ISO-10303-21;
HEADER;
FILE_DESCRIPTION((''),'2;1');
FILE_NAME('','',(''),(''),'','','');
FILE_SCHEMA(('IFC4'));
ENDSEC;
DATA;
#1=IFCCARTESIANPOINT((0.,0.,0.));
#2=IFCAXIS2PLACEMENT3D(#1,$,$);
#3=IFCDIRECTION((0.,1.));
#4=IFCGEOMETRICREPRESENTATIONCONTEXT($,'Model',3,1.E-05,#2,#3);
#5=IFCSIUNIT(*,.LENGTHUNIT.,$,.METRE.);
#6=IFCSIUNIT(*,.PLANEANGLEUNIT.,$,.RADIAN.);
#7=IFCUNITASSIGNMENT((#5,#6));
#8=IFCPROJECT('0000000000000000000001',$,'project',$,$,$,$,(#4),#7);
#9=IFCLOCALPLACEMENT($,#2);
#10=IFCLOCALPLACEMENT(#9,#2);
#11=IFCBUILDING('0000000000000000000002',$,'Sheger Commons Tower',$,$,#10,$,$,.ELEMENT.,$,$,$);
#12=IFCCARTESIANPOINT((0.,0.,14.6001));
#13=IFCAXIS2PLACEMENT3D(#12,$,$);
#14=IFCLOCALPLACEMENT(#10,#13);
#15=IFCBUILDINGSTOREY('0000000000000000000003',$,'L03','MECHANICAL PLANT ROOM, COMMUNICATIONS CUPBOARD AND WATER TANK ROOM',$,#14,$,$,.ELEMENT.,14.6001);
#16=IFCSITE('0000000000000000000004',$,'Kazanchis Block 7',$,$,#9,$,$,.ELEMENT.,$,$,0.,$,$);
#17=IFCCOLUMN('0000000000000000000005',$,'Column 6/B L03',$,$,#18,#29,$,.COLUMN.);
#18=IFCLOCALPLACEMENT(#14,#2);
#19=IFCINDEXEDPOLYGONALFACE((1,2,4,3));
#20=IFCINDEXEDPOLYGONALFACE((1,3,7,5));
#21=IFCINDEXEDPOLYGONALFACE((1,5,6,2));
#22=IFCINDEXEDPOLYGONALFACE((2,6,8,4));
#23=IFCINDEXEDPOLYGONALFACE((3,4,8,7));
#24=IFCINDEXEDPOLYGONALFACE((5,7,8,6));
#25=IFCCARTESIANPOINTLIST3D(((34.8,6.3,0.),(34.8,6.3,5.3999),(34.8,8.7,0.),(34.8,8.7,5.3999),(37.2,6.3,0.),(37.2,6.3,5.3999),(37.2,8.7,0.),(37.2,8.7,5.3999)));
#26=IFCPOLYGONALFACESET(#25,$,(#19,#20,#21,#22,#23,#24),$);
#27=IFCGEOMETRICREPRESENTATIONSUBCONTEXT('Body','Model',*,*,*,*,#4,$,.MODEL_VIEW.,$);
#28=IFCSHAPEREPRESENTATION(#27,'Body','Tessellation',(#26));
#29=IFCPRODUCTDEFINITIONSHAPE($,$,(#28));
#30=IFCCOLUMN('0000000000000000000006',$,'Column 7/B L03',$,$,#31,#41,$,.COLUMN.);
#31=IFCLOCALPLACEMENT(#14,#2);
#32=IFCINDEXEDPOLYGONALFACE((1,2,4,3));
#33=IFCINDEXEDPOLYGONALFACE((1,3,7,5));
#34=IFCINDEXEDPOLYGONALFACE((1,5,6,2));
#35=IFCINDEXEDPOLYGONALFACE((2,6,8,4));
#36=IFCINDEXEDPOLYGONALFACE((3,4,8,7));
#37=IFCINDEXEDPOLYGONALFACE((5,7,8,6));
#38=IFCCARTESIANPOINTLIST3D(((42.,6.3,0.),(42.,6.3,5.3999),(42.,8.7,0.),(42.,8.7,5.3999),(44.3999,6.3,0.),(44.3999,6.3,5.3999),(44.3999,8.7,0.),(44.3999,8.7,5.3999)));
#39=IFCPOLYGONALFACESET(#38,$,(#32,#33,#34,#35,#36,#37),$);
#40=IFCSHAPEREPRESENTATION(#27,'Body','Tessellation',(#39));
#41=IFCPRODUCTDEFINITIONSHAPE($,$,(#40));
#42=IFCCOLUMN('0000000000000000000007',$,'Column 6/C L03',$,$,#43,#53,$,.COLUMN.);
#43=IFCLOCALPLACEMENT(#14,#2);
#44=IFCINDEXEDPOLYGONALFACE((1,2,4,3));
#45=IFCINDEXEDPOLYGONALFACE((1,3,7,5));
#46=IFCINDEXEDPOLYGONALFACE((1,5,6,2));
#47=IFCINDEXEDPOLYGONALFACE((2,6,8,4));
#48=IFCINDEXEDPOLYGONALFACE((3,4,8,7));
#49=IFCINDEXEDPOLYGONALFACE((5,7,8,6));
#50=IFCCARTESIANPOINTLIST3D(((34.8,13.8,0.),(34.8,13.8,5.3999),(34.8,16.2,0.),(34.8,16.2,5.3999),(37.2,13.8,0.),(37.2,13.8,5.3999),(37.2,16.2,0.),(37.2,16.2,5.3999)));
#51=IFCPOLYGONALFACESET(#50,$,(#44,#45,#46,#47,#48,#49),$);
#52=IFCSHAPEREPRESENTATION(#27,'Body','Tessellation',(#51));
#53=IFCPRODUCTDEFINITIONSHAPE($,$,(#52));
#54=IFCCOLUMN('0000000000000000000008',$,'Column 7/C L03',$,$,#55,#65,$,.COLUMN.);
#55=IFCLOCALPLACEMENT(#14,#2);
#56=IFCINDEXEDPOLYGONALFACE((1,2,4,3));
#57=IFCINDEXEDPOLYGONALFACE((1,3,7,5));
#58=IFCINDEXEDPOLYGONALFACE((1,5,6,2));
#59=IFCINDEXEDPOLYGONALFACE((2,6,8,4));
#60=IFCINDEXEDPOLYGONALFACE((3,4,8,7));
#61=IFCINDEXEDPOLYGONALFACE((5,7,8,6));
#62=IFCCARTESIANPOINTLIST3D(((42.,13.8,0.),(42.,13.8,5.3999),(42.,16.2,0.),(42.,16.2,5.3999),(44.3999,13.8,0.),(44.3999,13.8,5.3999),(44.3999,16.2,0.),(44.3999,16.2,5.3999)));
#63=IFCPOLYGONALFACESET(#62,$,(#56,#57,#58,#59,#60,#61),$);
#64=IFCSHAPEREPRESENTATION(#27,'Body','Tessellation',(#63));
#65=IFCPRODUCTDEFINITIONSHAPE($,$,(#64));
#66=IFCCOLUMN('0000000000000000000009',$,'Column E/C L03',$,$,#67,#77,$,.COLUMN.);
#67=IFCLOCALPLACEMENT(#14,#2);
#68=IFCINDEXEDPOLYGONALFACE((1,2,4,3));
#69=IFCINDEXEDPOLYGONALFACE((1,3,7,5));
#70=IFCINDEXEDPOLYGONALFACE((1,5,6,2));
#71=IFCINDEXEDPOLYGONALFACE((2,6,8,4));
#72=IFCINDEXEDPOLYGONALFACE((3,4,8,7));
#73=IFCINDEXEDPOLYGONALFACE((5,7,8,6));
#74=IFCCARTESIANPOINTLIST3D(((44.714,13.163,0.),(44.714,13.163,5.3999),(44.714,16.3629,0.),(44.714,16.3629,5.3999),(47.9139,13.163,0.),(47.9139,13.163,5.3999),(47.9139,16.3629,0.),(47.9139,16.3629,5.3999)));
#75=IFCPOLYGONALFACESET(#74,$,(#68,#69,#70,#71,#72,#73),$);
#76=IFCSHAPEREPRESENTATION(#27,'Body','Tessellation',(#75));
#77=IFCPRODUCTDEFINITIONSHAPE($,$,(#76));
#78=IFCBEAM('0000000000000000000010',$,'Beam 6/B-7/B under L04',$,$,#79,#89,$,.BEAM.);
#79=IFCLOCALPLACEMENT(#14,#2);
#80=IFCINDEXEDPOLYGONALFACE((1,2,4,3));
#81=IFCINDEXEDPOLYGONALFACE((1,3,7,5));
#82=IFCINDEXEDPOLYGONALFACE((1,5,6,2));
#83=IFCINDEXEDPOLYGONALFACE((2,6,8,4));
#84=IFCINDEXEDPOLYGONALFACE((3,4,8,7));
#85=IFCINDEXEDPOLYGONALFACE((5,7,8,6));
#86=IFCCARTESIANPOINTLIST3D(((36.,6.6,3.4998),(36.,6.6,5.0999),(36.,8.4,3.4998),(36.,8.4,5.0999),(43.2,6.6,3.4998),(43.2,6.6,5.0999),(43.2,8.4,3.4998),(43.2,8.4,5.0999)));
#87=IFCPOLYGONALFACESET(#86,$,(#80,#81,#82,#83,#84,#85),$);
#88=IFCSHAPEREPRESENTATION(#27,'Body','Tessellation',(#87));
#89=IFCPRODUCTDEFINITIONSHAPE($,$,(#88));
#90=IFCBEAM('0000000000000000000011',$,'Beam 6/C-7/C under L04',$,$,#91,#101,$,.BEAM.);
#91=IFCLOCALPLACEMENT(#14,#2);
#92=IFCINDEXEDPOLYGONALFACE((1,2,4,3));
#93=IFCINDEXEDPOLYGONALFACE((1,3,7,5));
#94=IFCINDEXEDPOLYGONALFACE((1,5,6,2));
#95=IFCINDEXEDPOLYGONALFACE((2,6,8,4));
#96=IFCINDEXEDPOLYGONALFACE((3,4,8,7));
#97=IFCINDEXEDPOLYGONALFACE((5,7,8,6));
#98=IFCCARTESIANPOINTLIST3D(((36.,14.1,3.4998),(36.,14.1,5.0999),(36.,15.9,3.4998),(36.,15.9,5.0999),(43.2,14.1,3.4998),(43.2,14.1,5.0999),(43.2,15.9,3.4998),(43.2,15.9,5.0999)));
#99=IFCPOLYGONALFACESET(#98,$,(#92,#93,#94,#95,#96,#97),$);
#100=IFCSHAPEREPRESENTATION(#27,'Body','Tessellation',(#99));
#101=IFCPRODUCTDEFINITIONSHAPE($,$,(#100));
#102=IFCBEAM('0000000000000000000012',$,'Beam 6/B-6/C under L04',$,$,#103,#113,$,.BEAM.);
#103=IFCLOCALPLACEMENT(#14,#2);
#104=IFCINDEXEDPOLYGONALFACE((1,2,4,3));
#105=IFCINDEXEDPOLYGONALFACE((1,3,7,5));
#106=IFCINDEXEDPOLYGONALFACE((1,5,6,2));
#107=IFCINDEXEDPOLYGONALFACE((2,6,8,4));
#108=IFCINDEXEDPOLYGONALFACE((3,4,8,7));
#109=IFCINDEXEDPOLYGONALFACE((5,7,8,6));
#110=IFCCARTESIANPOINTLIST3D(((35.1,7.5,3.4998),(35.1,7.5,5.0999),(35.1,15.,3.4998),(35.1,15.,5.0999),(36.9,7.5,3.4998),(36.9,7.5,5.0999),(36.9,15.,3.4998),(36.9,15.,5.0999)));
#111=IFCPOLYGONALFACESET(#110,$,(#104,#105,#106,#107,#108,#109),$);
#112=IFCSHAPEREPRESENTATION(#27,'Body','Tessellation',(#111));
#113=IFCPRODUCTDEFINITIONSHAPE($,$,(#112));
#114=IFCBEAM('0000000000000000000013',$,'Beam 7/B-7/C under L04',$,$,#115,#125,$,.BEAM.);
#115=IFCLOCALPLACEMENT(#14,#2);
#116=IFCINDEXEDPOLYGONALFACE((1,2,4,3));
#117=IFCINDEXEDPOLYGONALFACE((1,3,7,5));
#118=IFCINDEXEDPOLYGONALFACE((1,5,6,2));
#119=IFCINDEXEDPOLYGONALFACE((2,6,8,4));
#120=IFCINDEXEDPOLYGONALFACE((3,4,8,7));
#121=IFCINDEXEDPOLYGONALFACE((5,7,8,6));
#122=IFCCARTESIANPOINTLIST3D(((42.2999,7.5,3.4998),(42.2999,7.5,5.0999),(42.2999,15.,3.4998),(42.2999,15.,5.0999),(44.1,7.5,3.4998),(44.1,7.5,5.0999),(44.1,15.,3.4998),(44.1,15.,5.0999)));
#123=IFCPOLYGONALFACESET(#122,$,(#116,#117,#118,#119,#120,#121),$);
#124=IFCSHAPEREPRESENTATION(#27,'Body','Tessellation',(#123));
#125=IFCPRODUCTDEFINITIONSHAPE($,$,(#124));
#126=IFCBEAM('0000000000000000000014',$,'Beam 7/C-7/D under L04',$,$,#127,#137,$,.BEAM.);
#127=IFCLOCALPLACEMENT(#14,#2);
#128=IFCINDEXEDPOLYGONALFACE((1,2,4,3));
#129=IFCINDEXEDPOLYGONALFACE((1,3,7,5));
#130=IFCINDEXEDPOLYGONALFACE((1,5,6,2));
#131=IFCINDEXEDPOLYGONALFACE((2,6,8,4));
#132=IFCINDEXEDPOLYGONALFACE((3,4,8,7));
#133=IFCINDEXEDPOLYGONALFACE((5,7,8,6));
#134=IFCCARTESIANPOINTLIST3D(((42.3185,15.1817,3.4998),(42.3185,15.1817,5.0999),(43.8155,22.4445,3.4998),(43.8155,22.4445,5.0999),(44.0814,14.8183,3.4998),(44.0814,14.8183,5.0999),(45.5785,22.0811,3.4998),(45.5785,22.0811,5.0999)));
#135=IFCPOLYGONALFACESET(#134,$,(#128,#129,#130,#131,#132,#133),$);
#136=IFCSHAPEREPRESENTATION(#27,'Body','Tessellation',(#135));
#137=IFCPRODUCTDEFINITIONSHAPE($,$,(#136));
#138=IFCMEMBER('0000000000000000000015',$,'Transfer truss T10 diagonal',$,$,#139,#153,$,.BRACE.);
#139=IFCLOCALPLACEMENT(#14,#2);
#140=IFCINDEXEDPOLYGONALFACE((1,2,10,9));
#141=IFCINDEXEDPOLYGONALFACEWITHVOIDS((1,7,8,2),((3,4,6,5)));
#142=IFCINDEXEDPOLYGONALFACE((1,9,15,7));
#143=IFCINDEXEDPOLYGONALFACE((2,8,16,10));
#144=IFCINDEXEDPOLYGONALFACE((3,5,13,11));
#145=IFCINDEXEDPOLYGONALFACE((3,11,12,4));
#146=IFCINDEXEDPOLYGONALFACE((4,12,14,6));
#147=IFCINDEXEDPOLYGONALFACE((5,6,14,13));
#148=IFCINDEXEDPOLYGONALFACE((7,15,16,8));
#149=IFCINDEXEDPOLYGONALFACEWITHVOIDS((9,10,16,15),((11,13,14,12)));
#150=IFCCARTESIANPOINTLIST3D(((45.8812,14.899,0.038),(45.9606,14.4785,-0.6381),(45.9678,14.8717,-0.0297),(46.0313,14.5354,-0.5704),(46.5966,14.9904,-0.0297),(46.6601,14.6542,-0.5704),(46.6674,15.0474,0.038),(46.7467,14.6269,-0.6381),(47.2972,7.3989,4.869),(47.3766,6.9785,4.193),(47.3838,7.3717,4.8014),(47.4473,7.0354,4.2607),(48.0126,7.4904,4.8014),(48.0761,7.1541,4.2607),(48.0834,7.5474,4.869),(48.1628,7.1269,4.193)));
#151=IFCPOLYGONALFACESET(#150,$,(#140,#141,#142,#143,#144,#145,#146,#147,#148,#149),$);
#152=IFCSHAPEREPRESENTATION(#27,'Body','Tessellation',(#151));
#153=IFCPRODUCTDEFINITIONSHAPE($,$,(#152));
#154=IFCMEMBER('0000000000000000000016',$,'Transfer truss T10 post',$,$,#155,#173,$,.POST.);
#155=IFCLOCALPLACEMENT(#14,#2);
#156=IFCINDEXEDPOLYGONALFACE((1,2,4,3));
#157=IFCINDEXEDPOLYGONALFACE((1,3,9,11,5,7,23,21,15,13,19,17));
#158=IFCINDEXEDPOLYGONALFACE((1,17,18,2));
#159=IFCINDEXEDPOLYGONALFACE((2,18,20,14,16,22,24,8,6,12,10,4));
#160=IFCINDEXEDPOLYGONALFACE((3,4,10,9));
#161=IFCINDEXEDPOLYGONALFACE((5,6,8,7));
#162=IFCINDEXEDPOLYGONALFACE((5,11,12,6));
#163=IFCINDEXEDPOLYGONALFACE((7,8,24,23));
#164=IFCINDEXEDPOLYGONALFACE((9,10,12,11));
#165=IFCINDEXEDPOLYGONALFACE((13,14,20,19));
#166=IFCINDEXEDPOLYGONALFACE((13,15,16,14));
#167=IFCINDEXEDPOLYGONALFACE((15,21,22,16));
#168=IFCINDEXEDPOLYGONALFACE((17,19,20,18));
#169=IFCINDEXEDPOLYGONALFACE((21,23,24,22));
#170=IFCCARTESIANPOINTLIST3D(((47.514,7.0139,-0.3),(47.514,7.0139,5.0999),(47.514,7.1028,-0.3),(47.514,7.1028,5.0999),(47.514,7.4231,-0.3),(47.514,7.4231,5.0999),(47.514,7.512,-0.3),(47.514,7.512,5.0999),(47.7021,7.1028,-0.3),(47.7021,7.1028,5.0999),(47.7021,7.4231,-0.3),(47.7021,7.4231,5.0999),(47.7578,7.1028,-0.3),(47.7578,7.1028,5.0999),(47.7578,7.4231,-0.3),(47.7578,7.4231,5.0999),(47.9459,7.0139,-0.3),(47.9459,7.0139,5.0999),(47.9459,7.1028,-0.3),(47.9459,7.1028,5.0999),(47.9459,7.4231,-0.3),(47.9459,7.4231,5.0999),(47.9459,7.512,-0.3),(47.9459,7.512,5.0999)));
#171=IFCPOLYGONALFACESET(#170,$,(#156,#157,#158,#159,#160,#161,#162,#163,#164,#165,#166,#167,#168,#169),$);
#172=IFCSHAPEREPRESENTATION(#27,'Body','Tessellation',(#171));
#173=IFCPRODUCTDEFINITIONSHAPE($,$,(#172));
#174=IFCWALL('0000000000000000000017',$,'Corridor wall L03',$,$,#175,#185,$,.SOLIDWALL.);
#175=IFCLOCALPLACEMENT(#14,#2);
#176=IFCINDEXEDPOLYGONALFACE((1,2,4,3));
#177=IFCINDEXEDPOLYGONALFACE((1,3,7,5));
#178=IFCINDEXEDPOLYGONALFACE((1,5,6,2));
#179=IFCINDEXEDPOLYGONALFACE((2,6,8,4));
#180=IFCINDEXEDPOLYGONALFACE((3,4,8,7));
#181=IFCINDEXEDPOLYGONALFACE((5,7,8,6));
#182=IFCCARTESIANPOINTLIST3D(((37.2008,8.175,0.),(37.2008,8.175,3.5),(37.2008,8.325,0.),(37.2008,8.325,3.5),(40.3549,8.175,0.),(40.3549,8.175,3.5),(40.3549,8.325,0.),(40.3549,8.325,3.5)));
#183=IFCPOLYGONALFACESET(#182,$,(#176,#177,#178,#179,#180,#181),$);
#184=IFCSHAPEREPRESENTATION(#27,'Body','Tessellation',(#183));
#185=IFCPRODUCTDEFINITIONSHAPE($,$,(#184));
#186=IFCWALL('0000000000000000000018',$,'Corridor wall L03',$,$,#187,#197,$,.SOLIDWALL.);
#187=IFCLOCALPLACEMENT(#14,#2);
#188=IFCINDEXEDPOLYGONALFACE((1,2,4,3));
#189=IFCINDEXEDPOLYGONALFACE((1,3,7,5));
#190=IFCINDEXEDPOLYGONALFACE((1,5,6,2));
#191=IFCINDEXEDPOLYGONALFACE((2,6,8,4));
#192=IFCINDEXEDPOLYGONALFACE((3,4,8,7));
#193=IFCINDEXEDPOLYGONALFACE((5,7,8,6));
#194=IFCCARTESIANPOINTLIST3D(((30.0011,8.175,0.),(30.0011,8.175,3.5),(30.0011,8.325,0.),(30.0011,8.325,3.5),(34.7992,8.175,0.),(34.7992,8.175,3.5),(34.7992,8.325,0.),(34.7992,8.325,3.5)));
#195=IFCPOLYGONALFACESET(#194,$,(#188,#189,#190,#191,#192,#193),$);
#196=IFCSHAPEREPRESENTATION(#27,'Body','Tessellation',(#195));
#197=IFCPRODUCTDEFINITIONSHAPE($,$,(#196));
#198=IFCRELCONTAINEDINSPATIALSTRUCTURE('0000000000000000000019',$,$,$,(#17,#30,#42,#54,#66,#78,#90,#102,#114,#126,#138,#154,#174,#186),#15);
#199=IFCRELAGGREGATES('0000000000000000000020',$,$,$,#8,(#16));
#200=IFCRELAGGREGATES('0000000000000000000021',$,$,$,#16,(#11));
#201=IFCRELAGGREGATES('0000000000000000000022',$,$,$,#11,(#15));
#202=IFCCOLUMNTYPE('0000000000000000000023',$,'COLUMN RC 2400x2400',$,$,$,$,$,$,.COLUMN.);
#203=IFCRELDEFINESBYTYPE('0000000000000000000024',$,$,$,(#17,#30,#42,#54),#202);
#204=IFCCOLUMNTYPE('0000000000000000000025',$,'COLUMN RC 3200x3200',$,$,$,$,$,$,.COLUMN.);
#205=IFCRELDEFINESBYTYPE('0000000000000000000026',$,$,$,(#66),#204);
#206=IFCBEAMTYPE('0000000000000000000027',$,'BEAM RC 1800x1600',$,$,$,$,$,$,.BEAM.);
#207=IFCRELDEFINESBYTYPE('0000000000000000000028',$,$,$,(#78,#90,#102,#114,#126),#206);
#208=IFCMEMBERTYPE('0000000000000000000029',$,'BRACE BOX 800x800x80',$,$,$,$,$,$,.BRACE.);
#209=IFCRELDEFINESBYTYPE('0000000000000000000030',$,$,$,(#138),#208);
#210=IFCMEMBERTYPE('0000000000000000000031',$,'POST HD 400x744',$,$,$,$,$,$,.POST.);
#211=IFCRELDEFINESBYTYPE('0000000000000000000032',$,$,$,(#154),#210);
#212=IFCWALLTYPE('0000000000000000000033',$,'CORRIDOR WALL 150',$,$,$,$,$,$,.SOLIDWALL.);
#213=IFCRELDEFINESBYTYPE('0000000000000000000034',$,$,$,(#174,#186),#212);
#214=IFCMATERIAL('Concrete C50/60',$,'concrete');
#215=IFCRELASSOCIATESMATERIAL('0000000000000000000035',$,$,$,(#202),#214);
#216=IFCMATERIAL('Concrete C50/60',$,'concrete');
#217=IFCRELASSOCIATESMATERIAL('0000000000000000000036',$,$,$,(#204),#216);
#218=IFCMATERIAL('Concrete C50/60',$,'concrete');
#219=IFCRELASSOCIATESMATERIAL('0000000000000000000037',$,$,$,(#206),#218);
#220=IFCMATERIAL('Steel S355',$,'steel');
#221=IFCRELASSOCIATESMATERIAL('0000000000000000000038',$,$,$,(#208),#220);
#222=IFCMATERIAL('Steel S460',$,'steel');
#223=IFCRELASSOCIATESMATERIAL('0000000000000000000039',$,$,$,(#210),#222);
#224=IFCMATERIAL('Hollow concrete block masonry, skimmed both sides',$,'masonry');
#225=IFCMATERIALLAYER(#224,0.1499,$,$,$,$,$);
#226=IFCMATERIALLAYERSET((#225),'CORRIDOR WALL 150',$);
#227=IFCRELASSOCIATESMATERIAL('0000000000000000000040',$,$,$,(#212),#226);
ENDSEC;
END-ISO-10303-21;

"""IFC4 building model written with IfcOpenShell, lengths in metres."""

from ifc_helpers import new_model, si_unit, direction, frame, frame_2d, origin, origin_2d, place, context, subcontext, project, spatial, rectangle, hollow_rectangle, i_section, extrude, material, layer, layer_set, material_profile, profile_set, type_object, element, save


model = new_model("IFC4")

# Units and contexts
model_context = context("Model", 3, precision=1e-05, world=origin(), true_north=direction((0.0, 1.0)))
body_context = subcontext(model_context, "Body", "Model", "MODEL_VIEW")
ifc_project = project(units=[si_unit("LENGTHUNIT", "METRE"), si_unit("PLANEANGLEUNIT", "RADIAN")], contexts=[model_context])

# Site, building, storey
site_placement = place(None, origin())
site = spatial("IfcSite", under=ifc_project, at=site_placement, Name="Kazanchis Block 7", CompositionType="ELEMENT", RefElevation=0.0)
building_placement = place(site_placement, origin())
building = spatial("IfcBuilding", under=site, at=building_placement, Name="Sheger Commons Tower", CompositionType="ELEMENT")
storey_placement = place(building_placement, frame((0.0, 0.0, 14.6001)))
storey = spatial("IfcBuildingStorey", under=building, at=storey_placement, Name="L03", Description="MECHANICAL PLANT ROOM, COMMUNICATIONS CUPBOARD AND WATER TANK ROOM", CompositionType="ELEMENT", Elevation=14.6001)

# Columns
ifc_material_1 = material(Name="Concrete C50/60", Category="concrete")
ifc_material_profile_1 = material_profile(ifc_material_1, rectangle(XDim=2.3999, YDim=2.3999, at=origin_2d()), Name="RC 2400x2400")
ifc_profile_set_1 = profile_set([ifc_material_profile_1], Name="Concrete C50/60")
column_type_1 = type_object("IfcColumnType", Name="COLUMN RC 2400x2400", PredefinedType="COLUMN", material=ifc_profile_set_1)
for number, where, z_axis, x_axis, name in (
    (1, (36.0, 7.5, 0.0), (0.0, 0.0, 1.0), (1.0, 0.0, 0.0), "Column 6/B L03"),
    (2, (43.2, 7.5, 0.0), (0.0, 0.0, 1.0), (1.0, 0.0, 0.0), "Column 7/B L03"),
    (3, (36.0, 15.0, 0.0), (0.0, 0.0, 1.0), (1.0, 0.0, 0.0), "Column 6/C L03"),
    (4, (43.2, 15.0, 0.0), (0.0, 0.0, 1.0), (1.0, 0.0, 0.0), "Column 7/C L03"),
):
    element("IfcColumn", number, at=place(storey_placement, frame(where, z_axis=z_axis, x_axis=x_axis)), inside=storey, type_object=column_type_1, Name=name, PredefinedType="COLUMN", context=body_context, shape_type="SweptSolid", body=[
        extrude(rectangle(XDim=2.3999, YDim=2.3999, at=origin_2d()), origin(), (0.0, 0.0, 1.0), 5.3999),
    ])
ifc_material_2 = material(Name="Concrete C50/60", Category="concrete")
ifc_material_profile_2 = material_profile(ifc_material_2, rectangle(XDim=3.2, YDim=3.2, at=origin_2d()), Name="RC 3200x3200")
ifc_profile_set_2 = profile_set([ifc_material_profile_2], Name="Concrete C50/60")
column_type_2 = type_object("IfcColumnType", Name="COLUMN RC 3200x3200", PredefinedType="COLUMN", material=ifc_profile_set_2)
column_placement = place(storey_placement, frame((46.314, 14.7629, 0.0), z_axis=(0.0, 0.0, 1.0), x_axis=(1.0, 0.0, 0.0)))
element("IfcColumn", 5, at=column_placement, inside=storey, type_object=column_type_2, Name="Column E/C L03", PredefinedType="COLUMN", context=body_context, shape_type="SweptSolid", body=[
    extrude(rectangle(XDim=3.2, YDim=3.2, at=origin_2d()), origin(), (0.0, 0.0, 1.0), 5.3999),
])

# Beams
ifc_material_3 = material(Name="Concrete C50/60", Category="concrete")
ifc_material_profile_3 = material_profile(ifc_material_3, rectangle(XDim=1.8, YDim=1.6001, at=origin_2d()), Name="RC 1800x1600")
ifc_profile_set_3 = profile_set([ifc_material_profile_3], Name="Concrete C50/60")
beam_type = type_object("IfcBeamType", Name="BEAM RC 1800x1600", PredefinedType="BEAM", material=ifc_profile_set_3)
for number, where, z_axis, x_axis, name in (
    (6, (36.0, 7.5, 4.2998), (1.0, 0.0, 0.0), (0.0, 1.0, 0.0), "Beam 6/B-7/B under L04"),
    (7, (36.0, 15.0, 4.2998), (1.0, 0.0, 0.0), (0.0, 1.0, 0.0), "Beam 6/C-7/C under L04"),
):
    element("IfcBeam", number, at=place(storey_placement, frame(where, z_axis=z_axis, x_axis=x_axis)), inside=storey, type_object=beam_type, Name=name, PredefinedType="BEAM", context=body_context, shape_type="SweptSolid", body=[
        extrude(rectangle(XDim=1.8, YDim=1.6001, at=origin_2d()), origin(), (0.0, 0.0, 1.0), 7.2),
    ])
for number, where, z_axis, x_axis, name in (
    (8, (36.0, 7.5, 4.2998), (0.0, 1.0, 0.0), (-1.0, 0.0, 0.0), "Beam 6/B-6/C under L04"),
    (9, (43.2, 7.5, 4.2998), (0.0, 1.0, 0.0), (-1.0, 0.0, 0.0), "Beam 7/B-7/C under L04"),
):
    element("IfcBeam", number, at=place(storey_placement, frame(where, z_axis=z_axis, x_axis=x_axis)), inside=storey, type_object=beam_type, Name=name, PredefinedType="BEAM", context=body_context, shape_type="SweptSolid", body=[
        extrude(rectangle(XDim=1.8, YDim=1.6001, at=origin_2d()), origin(), (0.0, 0.0, 1.0), 7.5),
    ])
beam_placement = place(storey_placement, frame((43.2, 15.0, 4.2998), z_axis=(0.201881, 0.97941, 0.0), x_axis=(-0.97941, 0.201881, 0.0)))
element("IfcBeam", 10, at=beam_placement, inside=storey, type_object=beam_type, Name="Beam 7/C-7/D under L04", PredefinedType="BEAM", context=body_context, shape_type="SweptSolid", body=[
    extrude(rectangle(XDim=1.8, YDim=1.6001, at=origin_2d()), origin(), (0.0, 0.0, 1.0), 7.4155),
])

# Members
ifc_material_4 = material(Name="Steel S355", Category="steel")
ifc_material_profile_4 = material_profile(ifc_material_4, hollow_rectangle(XDim=0.8, YDim=0.8, WallThickness=0.0801, at=origin_2d()), Name="BOX 800x800x80")
ifc_profile_set_4 = profile_set([ifc_material_profile_4], Name="Steel S355")
member_type_1 = type_object("IfcMemberType", Name="BRACE BOX 800x800x80", PredefinedType="BRACE", material=ifc_profile_set_4)
member_1_placement = place(storey_placement, frame((46.314, 14.7629, -0.3), z_axis=(0.156761, -0.830294, 0.534826), x_axis=(0.98264, 0.185524, 0.0)))
element("IfcMember", 11, at=member_1_placement, inside=storey, type_object=member_type_1, Name="Transfer truss T10 diagonal", PredefinedType="BRACE", context=body_context, shape_type="SweptSolid", body=[
    extrude(hollow_rectangle(XDim=0.8, YDim=0.8, WallThickness=0.0801, at=origin_2d()), origin(), (0.0, 0.0, 1.0), 9.033),
])
ifc_material_5 = material(Name="Steel S460", Category="steel")
ifc_material_profile_5 = material_profile(ifc_material_5, i_section(OverallWidth=0.4319, OverallDepth=0.498, WebThickness=0.0557, FlangeThickness=0.0889, at=origin_2d()), Name="HD 400x744")
ifc_profile_set_5 = profile_set([ifc_material_profile_5], Name="Steel S460")
member_type_2 = type_object("IfcMemberType", Name="POST HD 400x744", PredefinedType="POST", material=ifc_profile_set_5)
member_2_placement = place(storey_placement, frame((47.73, 7.2629, -0.3), z_axis=(0.0, 0.0, 1.0), x_axis=(1.0, 0.0, 0.0)))
element("IfcMember", 12, at=member_2_placement, inside=storey, type_object=member_type_2, Name="Transfer truss T10 post", PredefinedType="POST", context=body_context, shape_type="SweptSolid", body=[
    extrude(i_section(OverallWidth=0.4319, OverallDepth=0.498, WebThickness=0.0557, FlangeThickness=0.0889, at=origin_2d()), origin(), (0.0, 0.0, 1.0), 5.3999),
])

# Walls
ifc_material_6 = material(Name="Hollow concrete block masonry, skimmed both sides", Category="masonry")
ifc_layer_1 = layer(ifc_material_6, 0.1499)
ifc_layer_set_1 = layer_set([ifc_layer_1], Name="CORRIDOR WALL 150")
wall_type_1 = type_object("IfcWallType", Name="CORRIDOR WALL 150", PredefinedType="SOLIDWALL", material=ifc_layer_set_1)
wall_1_placement = place(storey_placement, frame((40.355, 8.25, 0.0), z_axis=(0.0, 0.0, 1.0), x_axis=(-1.0, 0.0, 0.0)))
element("IfcWall", 13, at=wall_1_placement, inside=storey, type_object=wall_type_1, Name="Corridor wall L03", PredefinedType="SOLIDWALL", context=body_context, shape_type="SweptSolid", body=[
    extrude(rectangle(XDim=3.1541, YDim=0.1499, at=frame_2d((1.5771, 0.0))), origin(), (0.0, 0.0, 1.0), 3.5),
])
wall_2_placement = place(storey_placement, frame((34.7991, 8.25, 0.0), z_axis=(0.0, 0.0, 1.0), x_axis=(-1.0, 0.0, 0.0)))
element("IfcWall", 14, at=wall_2_placement, inside=storey, type_object=wall_type_1, Name="Corridor wall L03", PredefinedType="SOLIDWALL", context=body_context, shape_type="SweptSolid", body=[
    extrude(rectangle(XDim=4.7981, YDim=0.1499, at=frame_2d((2.3989, 0.0))), origin(), (0.0, 0.0, 1.0), 3.5),
])

save(model, "model.ifc")
